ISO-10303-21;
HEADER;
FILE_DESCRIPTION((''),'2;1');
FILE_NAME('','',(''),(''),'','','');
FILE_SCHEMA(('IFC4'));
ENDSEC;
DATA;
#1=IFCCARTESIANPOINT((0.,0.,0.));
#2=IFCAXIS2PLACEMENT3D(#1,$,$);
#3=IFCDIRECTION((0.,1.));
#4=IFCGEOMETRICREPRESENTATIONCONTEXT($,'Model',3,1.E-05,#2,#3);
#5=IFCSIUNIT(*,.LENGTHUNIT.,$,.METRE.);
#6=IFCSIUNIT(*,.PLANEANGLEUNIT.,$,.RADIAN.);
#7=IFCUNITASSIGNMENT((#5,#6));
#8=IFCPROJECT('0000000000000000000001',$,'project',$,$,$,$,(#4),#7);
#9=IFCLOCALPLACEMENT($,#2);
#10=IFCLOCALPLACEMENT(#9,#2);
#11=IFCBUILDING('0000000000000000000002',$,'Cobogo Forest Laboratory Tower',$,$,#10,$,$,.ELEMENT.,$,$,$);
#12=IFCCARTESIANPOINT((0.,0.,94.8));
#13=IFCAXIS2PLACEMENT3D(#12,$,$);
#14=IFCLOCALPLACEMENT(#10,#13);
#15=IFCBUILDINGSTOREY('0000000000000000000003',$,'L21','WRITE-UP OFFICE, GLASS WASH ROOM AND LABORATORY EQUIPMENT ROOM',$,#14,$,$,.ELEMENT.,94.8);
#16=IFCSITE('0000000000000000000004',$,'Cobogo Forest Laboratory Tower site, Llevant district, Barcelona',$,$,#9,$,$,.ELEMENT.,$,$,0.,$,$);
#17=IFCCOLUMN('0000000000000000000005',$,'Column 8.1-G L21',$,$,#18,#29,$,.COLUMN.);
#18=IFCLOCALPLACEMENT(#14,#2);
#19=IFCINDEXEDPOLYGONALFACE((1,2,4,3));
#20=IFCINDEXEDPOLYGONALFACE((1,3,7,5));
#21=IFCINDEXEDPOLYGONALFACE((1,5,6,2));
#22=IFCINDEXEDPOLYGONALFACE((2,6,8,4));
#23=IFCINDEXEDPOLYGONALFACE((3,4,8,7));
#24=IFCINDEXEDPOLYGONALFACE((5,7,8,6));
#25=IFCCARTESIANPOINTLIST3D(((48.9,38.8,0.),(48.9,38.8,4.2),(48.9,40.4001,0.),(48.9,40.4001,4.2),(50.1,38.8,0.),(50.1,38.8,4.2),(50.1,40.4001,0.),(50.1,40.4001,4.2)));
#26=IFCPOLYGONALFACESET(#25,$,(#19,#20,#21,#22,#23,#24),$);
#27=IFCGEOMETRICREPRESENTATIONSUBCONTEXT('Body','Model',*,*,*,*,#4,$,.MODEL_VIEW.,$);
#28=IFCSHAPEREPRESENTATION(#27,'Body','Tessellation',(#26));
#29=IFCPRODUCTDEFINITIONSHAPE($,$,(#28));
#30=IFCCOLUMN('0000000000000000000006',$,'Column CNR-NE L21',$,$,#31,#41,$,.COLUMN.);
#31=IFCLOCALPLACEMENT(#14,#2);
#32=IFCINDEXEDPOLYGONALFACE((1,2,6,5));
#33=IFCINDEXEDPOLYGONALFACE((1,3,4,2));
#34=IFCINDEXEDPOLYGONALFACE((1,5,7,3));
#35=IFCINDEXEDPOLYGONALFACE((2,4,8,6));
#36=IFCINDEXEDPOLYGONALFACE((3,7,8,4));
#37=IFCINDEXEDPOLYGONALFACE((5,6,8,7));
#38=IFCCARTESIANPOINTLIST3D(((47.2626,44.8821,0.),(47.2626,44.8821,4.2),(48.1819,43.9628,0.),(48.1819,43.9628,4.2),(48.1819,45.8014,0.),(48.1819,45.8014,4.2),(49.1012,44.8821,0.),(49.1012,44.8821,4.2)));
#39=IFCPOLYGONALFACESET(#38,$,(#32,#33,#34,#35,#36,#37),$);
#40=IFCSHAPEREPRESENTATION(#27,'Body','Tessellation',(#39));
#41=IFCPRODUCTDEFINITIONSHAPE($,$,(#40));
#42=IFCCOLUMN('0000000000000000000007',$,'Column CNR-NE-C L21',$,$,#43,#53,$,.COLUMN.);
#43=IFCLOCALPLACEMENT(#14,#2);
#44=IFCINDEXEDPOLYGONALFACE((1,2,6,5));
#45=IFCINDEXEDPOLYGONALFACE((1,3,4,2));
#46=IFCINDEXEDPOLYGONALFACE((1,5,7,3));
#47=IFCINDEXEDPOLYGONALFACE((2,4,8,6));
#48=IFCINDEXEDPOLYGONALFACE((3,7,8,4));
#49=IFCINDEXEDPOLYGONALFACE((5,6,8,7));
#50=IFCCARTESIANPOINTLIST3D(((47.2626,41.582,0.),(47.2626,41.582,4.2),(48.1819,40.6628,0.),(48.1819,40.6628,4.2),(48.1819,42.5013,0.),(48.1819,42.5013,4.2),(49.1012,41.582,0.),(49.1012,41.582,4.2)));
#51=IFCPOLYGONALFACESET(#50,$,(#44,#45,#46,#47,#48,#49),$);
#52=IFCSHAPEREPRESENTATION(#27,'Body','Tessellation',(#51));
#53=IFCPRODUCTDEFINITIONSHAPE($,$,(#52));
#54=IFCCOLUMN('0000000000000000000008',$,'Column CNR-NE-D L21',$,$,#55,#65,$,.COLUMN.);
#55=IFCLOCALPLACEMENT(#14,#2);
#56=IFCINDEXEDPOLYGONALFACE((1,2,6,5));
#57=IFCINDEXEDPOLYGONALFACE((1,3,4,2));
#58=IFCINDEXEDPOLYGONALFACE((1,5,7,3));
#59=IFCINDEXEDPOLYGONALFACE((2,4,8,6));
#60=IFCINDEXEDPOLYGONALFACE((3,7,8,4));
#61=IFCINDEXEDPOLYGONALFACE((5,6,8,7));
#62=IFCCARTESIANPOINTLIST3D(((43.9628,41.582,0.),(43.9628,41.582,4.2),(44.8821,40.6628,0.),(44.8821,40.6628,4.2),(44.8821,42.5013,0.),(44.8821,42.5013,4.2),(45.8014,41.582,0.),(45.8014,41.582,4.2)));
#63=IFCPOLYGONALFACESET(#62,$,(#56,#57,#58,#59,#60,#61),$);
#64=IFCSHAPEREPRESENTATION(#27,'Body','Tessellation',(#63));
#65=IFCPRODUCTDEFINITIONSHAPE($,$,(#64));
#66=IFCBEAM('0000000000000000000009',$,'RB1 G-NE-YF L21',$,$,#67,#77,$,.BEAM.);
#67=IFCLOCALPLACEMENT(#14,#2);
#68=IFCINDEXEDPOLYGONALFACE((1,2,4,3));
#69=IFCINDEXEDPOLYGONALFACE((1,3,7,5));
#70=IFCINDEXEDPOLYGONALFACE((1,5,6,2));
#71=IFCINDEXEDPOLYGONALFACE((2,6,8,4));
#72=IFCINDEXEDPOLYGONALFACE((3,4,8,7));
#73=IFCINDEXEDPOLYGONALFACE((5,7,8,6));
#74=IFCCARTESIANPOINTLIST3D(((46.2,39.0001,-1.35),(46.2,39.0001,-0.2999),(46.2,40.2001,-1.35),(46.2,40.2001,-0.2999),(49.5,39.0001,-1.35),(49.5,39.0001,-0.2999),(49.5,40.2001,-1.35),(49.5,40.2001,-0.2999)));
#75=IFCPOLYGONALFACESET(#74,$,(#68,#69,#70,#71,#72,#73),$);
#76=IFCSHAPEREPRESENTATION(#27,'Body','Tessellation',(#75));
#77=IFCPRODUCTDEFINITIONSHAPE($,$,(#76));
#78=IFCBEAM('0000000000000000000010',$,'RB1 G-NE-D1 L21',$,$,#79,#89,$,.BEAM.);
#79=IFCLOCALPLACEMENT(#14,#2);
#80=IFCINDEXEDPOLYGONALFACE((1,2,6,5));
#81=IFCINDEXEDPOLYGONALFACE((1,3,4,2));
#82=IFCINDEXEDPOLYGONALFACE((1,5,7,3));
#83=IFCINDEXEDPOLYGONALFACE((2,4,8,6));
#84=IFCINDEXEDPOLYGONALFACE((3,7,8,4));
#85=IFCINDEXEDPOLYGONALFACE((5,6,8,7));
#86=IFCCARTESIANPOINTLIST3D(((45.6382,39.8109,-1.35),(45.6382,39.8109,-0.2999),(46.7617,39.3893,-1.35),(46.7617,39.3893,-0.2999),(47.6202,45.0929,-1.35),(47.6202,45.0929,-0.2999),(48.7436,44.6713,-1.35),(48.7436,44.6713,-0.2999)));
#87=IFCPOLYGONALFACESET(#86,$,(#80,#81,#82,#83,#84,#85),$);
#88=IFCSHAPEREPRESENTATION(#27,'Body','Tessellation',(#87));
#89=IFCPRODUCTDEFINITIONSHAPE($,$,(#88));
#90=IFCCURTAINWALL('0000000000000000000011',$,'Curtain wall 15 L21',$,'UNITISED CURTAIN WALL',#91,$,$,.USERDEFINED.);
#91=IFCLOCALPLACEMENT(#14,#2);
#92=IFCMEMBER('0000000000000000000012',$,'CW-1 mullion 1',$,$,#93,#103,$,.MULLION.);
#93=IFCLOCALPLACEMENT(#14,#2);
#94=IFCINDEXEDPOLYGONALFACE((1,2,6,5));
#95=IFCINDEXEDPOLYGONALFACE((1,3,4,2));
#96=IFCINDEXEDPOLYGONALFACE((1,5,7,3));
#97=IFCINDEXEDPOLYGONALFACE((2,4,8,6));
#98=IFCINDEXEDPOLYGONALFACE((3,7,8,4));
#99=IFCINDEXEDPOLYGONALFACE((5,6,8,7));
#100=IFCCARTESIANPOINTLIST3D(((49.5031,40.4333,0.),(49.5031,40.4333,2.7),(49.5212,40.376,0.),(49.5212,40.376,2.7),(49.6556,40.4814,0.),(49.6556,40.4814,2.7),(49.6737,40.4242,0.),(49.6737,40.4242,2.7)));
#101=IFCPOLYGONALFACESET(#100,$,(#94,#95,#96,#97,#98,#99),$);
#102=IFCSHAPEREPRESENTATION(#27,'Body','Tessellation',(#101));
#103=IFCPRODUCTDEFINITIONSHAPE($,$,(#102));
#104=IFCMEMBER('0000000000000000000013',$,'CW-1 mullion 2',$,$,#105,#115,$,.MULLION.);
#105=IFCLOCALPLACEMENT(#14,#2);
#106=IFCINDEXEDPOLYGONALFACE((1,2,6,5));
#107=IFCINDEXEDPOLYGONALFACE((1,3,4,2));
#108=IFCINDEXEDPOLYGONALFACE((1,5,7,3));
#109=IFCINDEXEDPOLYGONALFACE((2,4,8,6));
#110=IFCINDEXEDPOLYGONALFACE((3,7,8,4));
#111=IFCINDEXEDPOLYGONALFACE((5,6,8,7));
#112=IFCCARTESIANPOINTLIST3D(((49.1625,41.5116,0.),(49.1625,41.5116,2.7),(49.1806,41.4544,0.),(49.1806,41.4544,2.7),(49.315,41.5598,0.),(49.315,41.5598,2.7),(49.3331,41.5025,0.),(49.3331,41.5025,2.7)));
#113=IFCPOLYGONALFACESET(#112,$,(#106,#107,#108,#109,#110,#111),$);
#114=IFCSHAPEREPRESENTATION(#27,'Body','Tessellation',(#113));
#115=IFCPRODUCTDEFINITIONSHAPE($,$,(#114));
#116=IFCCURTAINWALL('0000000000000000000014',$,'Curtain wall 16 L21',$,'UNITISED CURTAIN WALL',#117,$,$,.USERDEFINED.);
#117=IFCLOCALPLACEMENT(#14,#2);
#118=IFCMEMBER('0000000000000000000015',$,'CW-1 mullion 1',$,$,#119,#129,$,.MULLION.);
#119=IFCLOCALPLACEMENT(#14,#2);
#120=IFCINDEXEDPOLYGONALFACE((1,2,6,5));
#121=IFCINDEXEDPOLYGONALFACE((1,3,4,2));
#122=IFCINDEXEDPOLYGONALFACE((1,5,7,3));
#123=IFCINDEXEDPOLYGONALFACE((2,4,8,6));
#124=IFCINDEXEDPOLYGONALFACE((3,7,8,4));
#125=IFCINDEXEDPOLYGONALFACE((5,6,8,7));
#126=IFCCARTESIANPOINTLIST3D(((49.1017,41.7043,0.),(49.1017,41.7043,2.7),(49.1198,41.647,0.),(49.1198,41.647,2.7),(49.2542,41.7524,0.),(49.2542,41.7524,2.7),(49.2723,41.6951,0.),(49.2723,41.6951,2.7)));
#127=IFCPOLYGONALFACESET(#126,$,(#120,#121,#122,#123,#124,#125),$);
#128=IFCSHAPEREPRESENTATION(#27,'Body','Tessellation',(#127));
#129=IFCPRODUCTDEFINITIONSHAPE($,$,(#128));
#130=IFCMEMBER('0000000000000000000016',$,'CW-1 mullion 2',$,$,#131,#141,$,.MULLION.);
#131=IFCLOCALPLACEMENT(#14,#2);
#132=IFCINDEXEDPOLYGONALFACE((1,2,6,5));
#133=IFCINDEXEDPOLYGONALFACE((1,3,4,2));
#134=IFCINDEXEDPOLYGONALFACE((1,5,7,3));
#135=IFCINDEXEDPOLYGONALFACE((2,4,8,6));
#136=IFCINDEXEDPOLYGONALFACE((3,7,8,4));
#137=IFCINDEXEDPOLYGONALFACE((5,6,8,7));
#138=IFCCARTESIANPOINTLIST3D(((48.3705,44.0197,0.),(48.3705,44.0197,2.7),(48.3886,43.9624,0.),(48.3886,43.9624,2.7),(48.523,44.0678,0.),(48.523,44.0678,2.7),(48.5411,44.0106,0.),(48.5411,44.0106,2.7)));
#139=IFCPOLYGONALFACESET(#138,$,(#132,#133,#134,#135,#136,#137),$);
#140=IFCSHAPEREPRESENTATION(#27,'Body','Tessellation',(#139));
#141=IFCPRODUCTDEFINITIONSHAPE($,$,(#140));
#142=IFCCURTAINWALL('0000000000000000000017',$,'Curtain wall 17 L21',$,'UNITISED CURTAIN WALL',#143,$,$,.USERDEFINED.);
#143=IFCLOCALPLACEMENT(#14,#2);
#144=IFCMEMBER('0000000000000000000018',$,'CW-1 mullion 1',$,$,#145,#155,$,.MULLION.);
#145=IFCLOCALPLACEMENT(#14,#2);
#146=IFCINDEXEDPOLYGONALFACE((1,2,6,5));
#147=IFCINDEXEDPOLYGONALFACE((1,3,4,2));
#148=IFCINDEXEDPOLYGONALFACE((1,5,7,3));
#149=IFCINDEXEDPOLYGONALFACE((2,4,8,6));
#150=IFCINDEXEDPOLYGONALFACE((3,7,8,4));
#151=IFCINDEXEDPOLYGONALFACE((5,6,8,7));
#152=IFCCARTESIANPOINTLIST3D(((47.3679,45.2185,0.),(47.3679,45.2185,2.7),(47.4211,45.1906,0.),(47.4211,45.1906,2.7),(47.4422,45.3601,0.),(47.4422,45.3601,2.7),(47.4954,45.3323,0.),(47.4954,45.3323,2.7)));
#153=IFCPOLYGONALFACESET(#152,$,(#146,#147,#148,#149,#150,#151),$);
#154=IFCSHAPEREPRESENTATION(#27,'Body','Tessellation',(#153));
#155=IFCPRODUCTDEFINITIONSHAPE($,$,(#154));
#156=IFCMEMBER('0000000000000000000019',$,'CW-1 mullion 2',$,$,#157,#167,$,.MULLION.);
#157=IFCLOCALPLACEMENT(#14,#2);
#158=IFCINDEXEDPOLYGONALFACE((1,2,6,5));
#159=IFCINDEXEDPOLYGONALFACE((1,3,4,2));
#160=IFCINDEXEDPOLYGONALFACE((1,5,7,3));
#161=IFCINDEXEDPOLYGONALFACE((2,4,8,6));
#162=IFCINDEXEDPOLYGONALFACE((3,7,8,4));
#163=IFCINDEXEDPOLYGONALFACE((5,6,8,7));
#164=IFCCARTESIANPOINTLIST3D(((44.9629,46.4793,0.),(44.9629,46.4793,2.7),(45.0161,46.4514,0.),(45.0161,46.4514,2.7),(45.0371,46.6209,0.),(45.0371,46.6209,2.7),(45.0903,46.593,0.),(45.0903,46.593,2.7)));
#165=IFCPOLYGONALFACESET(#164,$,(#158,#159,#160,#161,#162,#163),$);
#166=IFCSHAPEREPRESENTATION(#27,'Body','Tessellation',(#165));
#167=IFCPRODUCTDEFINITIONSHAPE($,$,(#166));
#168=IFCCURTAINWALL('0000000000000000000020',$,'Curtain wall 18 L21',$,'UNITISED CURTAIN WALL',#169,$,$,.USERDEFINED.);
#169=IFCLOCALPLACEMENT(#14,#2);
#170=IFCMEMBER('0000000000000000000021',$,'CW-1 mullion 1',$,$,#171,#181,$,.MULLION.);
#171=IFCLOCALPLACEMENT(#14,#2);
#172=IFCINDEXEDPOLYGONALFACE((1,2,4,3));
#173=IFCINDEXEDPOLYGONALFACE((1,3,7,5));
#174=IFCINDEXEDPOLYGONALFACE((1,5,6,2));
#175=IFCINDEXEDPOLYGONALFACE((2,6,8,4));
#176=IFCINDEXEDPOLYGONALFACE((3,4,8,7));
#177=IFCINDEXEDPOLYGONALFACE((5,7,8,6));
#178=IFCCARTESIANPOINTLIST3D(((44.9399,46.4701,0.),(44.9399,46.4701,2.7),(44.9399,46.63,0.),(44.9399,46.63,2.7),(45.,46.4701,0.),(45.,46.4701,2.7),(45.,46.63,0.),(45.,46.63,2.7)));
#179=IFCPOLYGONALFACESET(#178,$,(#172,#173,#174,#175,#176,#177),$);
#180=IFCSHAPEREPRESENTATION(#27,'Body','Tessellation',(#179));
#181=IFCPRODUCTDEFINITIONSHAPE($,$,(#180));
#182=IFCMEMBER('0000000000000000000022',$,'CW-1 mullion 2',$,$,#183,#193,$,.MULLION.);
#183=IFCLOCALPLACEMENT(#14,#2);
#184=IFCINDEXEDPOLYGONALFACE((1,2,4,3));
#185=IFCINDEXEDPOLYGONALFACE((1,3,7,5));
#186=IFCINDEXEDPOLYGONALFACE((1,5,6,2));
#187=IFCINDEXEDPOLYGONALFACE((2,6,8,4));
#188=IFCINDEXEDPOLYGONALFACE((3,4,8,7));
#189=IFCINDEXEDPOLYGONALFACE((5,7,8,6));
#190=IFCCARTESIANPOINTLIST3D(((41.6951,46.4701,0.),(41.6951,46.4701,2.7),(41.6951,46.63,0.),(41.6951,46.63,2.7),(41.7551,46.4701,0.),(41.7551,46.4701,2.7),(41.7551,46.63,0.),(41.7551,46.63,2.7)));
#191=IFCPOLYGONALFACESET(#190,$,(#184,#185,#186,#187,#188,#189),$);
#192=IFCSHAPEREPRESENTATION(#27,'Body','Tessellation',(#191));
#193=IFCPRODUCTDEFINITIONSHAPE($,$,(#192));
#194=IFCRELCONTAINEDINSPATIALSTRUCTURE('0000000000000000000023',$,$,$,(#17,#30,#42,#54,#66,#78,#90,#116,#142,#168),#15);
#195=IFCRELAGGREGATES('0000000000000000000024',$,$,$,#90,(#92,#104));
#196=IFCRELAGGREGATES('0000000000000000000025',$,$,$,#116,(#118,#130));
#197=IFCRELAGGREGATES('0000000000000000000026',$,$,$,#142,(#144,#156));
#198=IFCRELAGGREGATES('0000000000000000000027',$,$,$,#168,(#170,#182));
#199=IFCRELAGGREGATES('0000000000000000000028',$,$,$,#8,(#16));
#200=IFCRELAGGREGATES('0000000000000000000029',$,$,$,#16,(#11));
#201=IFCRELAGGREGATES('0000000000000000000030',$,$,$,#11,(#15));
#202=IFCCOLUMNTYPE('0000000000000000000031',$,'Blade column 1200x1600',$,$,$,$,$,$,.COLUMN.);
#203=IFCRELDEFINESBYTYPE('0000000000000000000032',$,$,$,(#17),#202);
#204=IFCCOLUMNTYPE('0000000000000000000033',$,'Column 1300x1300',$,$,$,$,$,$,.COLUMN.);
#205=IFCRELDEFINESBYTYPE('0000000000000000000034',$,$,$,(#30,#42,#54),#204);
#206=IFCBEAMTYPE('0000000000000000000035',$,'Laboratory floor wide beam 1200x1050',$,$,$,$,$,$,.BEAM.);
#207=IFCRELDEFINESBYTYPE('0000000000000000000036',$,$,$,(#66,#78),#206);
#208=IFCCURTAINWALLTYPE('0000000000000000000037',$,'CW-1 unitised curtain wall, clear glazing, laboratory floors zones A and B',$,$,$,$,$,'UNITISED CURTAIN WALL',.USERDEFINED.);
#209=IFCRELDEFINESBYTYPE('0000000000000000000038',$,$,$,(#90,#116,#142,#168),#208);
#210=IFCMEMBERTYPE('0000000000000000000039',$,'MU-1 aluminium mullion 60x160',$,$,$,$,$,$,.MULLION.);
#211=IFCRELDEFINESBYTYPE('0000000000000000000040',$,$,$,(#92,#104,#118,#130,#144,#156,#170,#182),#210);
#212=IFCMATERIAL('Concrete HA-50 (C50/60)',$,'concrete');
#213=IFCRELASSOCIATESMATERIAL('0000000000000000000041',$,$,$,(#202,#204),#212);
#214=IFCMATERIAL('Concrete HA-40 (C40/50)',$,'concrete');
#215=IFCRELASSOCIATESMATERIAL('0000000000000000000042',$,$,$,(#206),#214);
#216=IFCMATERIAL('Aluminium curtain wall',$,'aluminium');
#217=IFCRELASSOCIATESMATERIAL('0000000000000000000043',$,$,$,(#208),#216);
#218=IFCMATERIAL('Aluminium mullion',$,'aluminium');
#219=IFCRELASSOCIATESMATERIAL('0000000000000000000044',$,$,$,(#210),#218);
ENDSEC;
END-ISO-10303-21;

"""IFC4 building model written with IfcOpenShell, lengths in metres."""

from ifc_helpers import new_model, si_unit, direction, frame, origin, origin_2d, place, context, subcontext, project, spatial, rectangle, extrude, material, material_profile, profile_set, type_object, element, aggregate, save


model = new_model("IFC4")

# Units and contexts
model_context = context("Model", 3, precision=1e-05, world=origin(), true_north=direction((0.0, 1.0)))
body_context = subcontext(model_context, "Body", "Model", "MODEL_VIEW")
ifc_project = project(units=[si_unit("LENGTHUNIT", "METRE"), si_unit("PLANEANGLEUNIT", "RADIAN")], contexts=[model_context])

# Site, building, storey
site_placement = place(None, origin())
site = spatial("IfcSite", under=ifc_project, at=site_placement, Name="Cobogo Forest Laboratory Tower site, Llevant district, Barcelona", CompositionType="ELEMENT", RefElevation=0.0)
building_placement = place(site_placement, origin())
building = spatial("IfcBuilding", under=site, at=building_placement, Name="Cobogo Forest Laboratory Tower", CompositionType="ELEMENT")
storey_placement = place(building_placement, frame((0.0, 0.0, 94.8)))
storey = spatial("IfcBuildingStorey", under=building, at=storey_placement, Name="L21", Description="WRITE-UP OFFICE, GLASS WASH ROOM AND LABORATORY EQUIPMENT ROOM", CompositionType="ELEMENT", Elevation=94.8)

# Columns
ifc_material_1 = material(Name="Concrete HA-50 (C50/60)", Category="concrete")
ifc_material_profile_1 = material_profile(ifc_material_1, rectangle(XDim=1.6001, YDim=1.2, at=origin_2d()), Name="RC 1200x1600")
ifc_profile_set_1 = profile_set([ifc_material_profile_1], Name="Concrete HA-50 (C50/60)")
column_type_1 = type_object("IfcColumnType", Name="Blade column 1200x1600", PredefinedType="COLUMN", material=ifc_profile_set_1)
column_placement = place(storey_placement, frame((49.5, 39.6001, 0.0), z_axis=(0.0, 0.0, 1.0), x_axis=(0.0, 1.0, 0.0)))
element("IfcColumn", 1, at=column_placement, inside=storey, type_object=column_type_1, Name="Column 8.1-G L21", PredefinedType="COLUMN", context=body_context, shape_type="SweptSolid", body=[
    extrude(rectangle(XDim=1.6001, YDim=1.2, at=origin_2d()), origin(), (0.0, 0.0, 1.0), 4.2),
])
ifc_material_profile_2 = material_profile(ifc_material_1, rectangle(XDim=1.3, YDim=1.3, at=origin_2d()), Name="RC 1300x1300")
ifc_profile_set_2 = profile_set([ifc_material_profile_2], Name="Concrete HA-50 (C50/60)")
column_type_2 = type_object("IfcColumnType", Name="Column 1300x1300", PredefinedType="COLUMN", material=ifc_profile_set_2)
for number, where, z_axis, x_axis, name in (
    (2, (48.1819, 44.8821, 0.0), (0.0, 0.0, 1.0), (0.707107, 0.707107, 0.0), "Column CNR-NE L21"),
    (3, (48.1819, 41.582, 0.0), (0.0, 0.0, 1.0), (0.707107, 0.707107, 0.0), "Column CNR-NE-C L21"),
    (4, (44.8821, 41.582, 0.0), (0.0, 0.0, 1.0), (0.707107, 0.707107, 0.0), "Column CNR-NE-D L21"),
):
    element("IfcColumn", number, at=place(storey_placement, frame(where, z_axis=z_axis, x_axis=x_axis)), inside=storey, type_object=column_type_2, Name=name, PredefinedType="COLUMN", context=body_context, shape_type="SweptSolid", body=[
        extrude(rectangle(XDim=1.3, YDim=1.3, at=origin_2d()), origin(), (0.0, 0.0, 1.0), 4.2),
    ])

# Beams
ifc_material_2 = material(Name="Concrete HA-40 (C40/50)", Category="concrete")
ifc_material_profile_3 = material_profile(ifc_material_2, rectangle(XDim=1.2, YDim=1.05, at=origin_2d()), Name="RC 1200x1050")
ifc_profile_set_3 = profile_set([ifc_material_profile_3], Name="Concrete HA-40 (C40/50)")
beam_type_1 = type_object("IfcBeamType", Name="Laboratory floor wide beam 1200x1050", PredefinedType="BEAM", material=ifc_profile_set_3)
beam_1_placement = place(storey_placement, frame((49.5, 39.6001, -0.825), z_axis=(-1.0, 0.0, 0.0), x_axis=(0.0, -1.0, 0.0)))
element("IfcBeam", 5, at=beam_1_placement, inside=storey, type_object=beam_type_1, Name="RB1 G-NE-YF L21", PredefinedType="BEAM", context=body_context, shape_type="SweptSolid", body=[
    extrude(rectangle(XDim=1.2, YDim=1.05, at=origin_2d()), origin(), (0.0, 0.0, 1.0), 3.3),
])
beam_2_placement = place(storey_placement, frame((48.1819, 44.8821, -0.825), z_axis=(-0.351308, -0.93626, 0.0), x_axis=(0.93626, -0.351308, 0.0)))
element("IfcBeam", 6, at=beam_2_placement, inside=storey, type_object=beam_type_1, Name="RB1 G-NE-D1 L21", PredefinedType="BEAM", context=body_context, shape_type="SweptSolid", body=[
    extrude(rectangle(XDim=1.2, YDim=1.05, at=origin_2d()), origin(), (0.0, 0.0, 1.0), 5.6416),
])

# Curtain walls, members
ifc_material_3 = material(Name="Aluminium curtain wall", Category="aluminium")
curtain_wall_type = type_object("IfcCurtainWallType", Name="CW-1 unitised curtain wall, clear glazing, laboratory floors zones A and B", ElementType="UNITISED CURTAIN WALL", PredefinedType="USERDEFINED", material=ifc_material_3)
curtain_wall_1_placement = place(storey_placement, origin())
curtain_wall_1 = element("IfcCurtainWall", 7, at=curtain_wall_1_placement, inside=storey, type_object=curtain_wall_type, Name="Curtain wall 15 L21", ObjectType="UNITISED CURTAIN WALL", PredefinedType="USERDEFINED")
ifc_material_4 = material(Name="Aluminium mullion", Category="aluminium")
ifc_material_profile_4 = material_profile(ifc_material_4, rectangle(XDim=0.0601, YDim=0.1599, at=origin_2d()), Name="AL 60x160")
ifc_profile_set_4 = profile_set([ifc_material_profile_4], Name="Aluminium mullion")
member_type_1 = type_object("IfcMemberType", Name="MU-1 aluminium mullion 60x160", PredefinedType="MULLION", material=ifc_profile_set_4)
member_1_placement = place(storey_placement, frame((49.5884, 40.4287, 0.0), z_axis=(0.0, 0.0, 1.0), x_axis=(-0.301136, 0.953581, 0.0)))
member_1 = element("IfcMember", 8, at=member_1_placement, type_object=member_type_1, Name="CW-1 mullion 1", PredefinedType="MULLION", context=body_context, shape_type="SweptSolid", body=[
    extrude(rectangle(XDim=0.0601, YDim=0.1599, at=origin_2d()), origin(), (0.0, 0.0, 1.0), 2.7),
])
member_2_placement = place(storey_placement, frame((49.2478, 41.5071, 0.0), z_axis=(0.0, 0.0, 1.0), x_axis=(-0.301136, 0.953581, 0.0)))
member_2 = element("IfcMember", 9, at=member_2_placement, type_object=member_type_1, Name="CW-1 mullion 2", PredefinedType="MULLION", context=body_context, shape_type="SweptSolid", body=[
    extrude(rectangle(XDim=0.0601, YDim=0.1599, at=origin_2d()), origin(), (0.0, 0.0, 1.0), 2.7),
])
curtain_wall_2_placement = place(storey_placement, origin())
curtain_wall_2 = element("IfcCurtainWall", 10, at=curtain_wall_2_placement, inside=storey, type_object=curtain_wall_type, Name="Curtain wall 16 L21", ObjectType="UNITISED CURTAIN WALL", PredefinedType="USERDEFINED")
member_3_placement = place(storey_placement, frame((49.187, 41.6997, 0.0), z_axis=(0.0, 0.0, 1.0), x_axis=(-0.301135, 0.953581, 0.0)))
member_3 = element("IfcMember", 11, at=member_3_placement, type_object=member_type_1, Name="CW-1 mullion 1", PredefinedType="MULLION", context=body_context, shape_type="SweptSolid", body=[
    extrude(rectangle(XDim=0.0601, YDim=0.1599, at=origin_2d()), origin(), (0.0, 0.0, 1.0), 2.7),
])
member_4_placement = place(storey_placement, frame((48.4558, 44.0151, 0.0), z_axis=(0.0, 0.0, 1.0), x_axis=(-0.301135, 0.953581, 0.0)))
member_4 = element("IfcMember", 12, at=member_4_placement, type_object=member_type_1, Name="CW-1 mullion 2", PredefinedType="MULLION", context=body_context, shape_type="SweptSolid", body=[
    extrude(rectangle(XDim=0.0601, YDim=0.1599, at=origin_2d()), origin(), (0.0, 0.0, 1.0), 2.7),
])
curtain_wall_3_placement = place(storey_placement, origin())
curtain_wall_3 = element("IfcCurtainWall", 13, at=curtain_wall_3_placement, inside=storey, type_object=curtain_wall_type, Name="Curtain wall 17 L21", ObjectType="UNITISED CURTAIN WALL", PredefinedType="USERDEFINED")
member_5_placement = place(storey_placement, frame((47.4316, 45.2754, 0.0), z_axis=(0.0, 0.0, 1.0), x_axis=(-0.885687, 0.464284, 0.0)))
member_5 = element("IfcMember", 14, at=member_5_placement, type_object=member_type_1, Name="CW-1 mullion 1", PredefinedType="MULLION", context=body_context, shape_type="SweptSolid", body=[
    extrude(rectangle(XDim=0.0601, YDim=0.1599, at=origin_2d()), origin(), (0.0, 0.0, 1.0), 2.7),
])
member_6_placement = place(storey_placement, frame((45.0266, 46.5361, 0.0), z_axis=(0.0, 0.0, 1.0), x_axis=(-0.885687, 0.464284, 0.0)))
member_6 = element("IfcMember", 15, at=member_6_placement, type_object=member_type_1, Name="CW-1 mullion 2", PredefinedType="MULLION", context=body_context, shape_type="SweptSolid", body=[
    extrude(rectangle(XDim=0.0601, YDim=0.1599, at=origin_2d()), origin(), (0.0, 0.0, 1.0), 2.7),
])
curtain_wall_4_placement = place(storey_placement, origin())
curtain_wall_4 = element("IfcCurtainWall", 16, at=curtain_wall_4_placement, inside=storey, type_object=curtain_wall_type, Name="Curtain wall 18 L21", ObjectType="UNITISED CURTAIN WALL", PredefinedType="USERDEFINED")
member_7_placement = place(storey_placement, frame((44.97, 46.55, 0.0), z_axis=(0.0, 0.0, 1.0), x_axis=(-1.0, 0.0, 0.0)))
member_7 = element("IfcMember", 17, at=member_7_placement, type_object=member_type_1, Name="CW-1 mullion 1", PredefinedType="MULLION", context=body_context, shape_type="SweptSolid", body=[
    extrude(rectangle(XDim=0.0601, YDim=0.1599, at=origin_2d()), origin(), (0.0, 0.0, 1.0), 2.7),
])
member_8_placement = place(storey_placement, frame((41.7251, 46.55, 0.0), z_axis=(0.0, 0.0, 1.0), x_axis=(-1.0, 0.0, 0.0)))
member_8 = element("IfcMember", 18, at=member_8_placement, type_object=member_type_1, Name="CW-1 mullion 2", PredefinedType="MULLION", context=body_context, shape_type="SweptSolid", body=[
    extrude(rectangle(XDim=0.0601, YDim=0.1599, at=origin_2d()), origin(), (0.0, 0.0, 1.0), 2.7),
])

aggregate(curtain_wall_1, [member_1, member_2])
aggregate(curtain_wall_2, [member_3, member_4])
aggregate(curtain_wall_3, [member_5, member_6])
aggregate(curtain_wall_4, [member_7, member_8])

save(model, "model.ifc")
